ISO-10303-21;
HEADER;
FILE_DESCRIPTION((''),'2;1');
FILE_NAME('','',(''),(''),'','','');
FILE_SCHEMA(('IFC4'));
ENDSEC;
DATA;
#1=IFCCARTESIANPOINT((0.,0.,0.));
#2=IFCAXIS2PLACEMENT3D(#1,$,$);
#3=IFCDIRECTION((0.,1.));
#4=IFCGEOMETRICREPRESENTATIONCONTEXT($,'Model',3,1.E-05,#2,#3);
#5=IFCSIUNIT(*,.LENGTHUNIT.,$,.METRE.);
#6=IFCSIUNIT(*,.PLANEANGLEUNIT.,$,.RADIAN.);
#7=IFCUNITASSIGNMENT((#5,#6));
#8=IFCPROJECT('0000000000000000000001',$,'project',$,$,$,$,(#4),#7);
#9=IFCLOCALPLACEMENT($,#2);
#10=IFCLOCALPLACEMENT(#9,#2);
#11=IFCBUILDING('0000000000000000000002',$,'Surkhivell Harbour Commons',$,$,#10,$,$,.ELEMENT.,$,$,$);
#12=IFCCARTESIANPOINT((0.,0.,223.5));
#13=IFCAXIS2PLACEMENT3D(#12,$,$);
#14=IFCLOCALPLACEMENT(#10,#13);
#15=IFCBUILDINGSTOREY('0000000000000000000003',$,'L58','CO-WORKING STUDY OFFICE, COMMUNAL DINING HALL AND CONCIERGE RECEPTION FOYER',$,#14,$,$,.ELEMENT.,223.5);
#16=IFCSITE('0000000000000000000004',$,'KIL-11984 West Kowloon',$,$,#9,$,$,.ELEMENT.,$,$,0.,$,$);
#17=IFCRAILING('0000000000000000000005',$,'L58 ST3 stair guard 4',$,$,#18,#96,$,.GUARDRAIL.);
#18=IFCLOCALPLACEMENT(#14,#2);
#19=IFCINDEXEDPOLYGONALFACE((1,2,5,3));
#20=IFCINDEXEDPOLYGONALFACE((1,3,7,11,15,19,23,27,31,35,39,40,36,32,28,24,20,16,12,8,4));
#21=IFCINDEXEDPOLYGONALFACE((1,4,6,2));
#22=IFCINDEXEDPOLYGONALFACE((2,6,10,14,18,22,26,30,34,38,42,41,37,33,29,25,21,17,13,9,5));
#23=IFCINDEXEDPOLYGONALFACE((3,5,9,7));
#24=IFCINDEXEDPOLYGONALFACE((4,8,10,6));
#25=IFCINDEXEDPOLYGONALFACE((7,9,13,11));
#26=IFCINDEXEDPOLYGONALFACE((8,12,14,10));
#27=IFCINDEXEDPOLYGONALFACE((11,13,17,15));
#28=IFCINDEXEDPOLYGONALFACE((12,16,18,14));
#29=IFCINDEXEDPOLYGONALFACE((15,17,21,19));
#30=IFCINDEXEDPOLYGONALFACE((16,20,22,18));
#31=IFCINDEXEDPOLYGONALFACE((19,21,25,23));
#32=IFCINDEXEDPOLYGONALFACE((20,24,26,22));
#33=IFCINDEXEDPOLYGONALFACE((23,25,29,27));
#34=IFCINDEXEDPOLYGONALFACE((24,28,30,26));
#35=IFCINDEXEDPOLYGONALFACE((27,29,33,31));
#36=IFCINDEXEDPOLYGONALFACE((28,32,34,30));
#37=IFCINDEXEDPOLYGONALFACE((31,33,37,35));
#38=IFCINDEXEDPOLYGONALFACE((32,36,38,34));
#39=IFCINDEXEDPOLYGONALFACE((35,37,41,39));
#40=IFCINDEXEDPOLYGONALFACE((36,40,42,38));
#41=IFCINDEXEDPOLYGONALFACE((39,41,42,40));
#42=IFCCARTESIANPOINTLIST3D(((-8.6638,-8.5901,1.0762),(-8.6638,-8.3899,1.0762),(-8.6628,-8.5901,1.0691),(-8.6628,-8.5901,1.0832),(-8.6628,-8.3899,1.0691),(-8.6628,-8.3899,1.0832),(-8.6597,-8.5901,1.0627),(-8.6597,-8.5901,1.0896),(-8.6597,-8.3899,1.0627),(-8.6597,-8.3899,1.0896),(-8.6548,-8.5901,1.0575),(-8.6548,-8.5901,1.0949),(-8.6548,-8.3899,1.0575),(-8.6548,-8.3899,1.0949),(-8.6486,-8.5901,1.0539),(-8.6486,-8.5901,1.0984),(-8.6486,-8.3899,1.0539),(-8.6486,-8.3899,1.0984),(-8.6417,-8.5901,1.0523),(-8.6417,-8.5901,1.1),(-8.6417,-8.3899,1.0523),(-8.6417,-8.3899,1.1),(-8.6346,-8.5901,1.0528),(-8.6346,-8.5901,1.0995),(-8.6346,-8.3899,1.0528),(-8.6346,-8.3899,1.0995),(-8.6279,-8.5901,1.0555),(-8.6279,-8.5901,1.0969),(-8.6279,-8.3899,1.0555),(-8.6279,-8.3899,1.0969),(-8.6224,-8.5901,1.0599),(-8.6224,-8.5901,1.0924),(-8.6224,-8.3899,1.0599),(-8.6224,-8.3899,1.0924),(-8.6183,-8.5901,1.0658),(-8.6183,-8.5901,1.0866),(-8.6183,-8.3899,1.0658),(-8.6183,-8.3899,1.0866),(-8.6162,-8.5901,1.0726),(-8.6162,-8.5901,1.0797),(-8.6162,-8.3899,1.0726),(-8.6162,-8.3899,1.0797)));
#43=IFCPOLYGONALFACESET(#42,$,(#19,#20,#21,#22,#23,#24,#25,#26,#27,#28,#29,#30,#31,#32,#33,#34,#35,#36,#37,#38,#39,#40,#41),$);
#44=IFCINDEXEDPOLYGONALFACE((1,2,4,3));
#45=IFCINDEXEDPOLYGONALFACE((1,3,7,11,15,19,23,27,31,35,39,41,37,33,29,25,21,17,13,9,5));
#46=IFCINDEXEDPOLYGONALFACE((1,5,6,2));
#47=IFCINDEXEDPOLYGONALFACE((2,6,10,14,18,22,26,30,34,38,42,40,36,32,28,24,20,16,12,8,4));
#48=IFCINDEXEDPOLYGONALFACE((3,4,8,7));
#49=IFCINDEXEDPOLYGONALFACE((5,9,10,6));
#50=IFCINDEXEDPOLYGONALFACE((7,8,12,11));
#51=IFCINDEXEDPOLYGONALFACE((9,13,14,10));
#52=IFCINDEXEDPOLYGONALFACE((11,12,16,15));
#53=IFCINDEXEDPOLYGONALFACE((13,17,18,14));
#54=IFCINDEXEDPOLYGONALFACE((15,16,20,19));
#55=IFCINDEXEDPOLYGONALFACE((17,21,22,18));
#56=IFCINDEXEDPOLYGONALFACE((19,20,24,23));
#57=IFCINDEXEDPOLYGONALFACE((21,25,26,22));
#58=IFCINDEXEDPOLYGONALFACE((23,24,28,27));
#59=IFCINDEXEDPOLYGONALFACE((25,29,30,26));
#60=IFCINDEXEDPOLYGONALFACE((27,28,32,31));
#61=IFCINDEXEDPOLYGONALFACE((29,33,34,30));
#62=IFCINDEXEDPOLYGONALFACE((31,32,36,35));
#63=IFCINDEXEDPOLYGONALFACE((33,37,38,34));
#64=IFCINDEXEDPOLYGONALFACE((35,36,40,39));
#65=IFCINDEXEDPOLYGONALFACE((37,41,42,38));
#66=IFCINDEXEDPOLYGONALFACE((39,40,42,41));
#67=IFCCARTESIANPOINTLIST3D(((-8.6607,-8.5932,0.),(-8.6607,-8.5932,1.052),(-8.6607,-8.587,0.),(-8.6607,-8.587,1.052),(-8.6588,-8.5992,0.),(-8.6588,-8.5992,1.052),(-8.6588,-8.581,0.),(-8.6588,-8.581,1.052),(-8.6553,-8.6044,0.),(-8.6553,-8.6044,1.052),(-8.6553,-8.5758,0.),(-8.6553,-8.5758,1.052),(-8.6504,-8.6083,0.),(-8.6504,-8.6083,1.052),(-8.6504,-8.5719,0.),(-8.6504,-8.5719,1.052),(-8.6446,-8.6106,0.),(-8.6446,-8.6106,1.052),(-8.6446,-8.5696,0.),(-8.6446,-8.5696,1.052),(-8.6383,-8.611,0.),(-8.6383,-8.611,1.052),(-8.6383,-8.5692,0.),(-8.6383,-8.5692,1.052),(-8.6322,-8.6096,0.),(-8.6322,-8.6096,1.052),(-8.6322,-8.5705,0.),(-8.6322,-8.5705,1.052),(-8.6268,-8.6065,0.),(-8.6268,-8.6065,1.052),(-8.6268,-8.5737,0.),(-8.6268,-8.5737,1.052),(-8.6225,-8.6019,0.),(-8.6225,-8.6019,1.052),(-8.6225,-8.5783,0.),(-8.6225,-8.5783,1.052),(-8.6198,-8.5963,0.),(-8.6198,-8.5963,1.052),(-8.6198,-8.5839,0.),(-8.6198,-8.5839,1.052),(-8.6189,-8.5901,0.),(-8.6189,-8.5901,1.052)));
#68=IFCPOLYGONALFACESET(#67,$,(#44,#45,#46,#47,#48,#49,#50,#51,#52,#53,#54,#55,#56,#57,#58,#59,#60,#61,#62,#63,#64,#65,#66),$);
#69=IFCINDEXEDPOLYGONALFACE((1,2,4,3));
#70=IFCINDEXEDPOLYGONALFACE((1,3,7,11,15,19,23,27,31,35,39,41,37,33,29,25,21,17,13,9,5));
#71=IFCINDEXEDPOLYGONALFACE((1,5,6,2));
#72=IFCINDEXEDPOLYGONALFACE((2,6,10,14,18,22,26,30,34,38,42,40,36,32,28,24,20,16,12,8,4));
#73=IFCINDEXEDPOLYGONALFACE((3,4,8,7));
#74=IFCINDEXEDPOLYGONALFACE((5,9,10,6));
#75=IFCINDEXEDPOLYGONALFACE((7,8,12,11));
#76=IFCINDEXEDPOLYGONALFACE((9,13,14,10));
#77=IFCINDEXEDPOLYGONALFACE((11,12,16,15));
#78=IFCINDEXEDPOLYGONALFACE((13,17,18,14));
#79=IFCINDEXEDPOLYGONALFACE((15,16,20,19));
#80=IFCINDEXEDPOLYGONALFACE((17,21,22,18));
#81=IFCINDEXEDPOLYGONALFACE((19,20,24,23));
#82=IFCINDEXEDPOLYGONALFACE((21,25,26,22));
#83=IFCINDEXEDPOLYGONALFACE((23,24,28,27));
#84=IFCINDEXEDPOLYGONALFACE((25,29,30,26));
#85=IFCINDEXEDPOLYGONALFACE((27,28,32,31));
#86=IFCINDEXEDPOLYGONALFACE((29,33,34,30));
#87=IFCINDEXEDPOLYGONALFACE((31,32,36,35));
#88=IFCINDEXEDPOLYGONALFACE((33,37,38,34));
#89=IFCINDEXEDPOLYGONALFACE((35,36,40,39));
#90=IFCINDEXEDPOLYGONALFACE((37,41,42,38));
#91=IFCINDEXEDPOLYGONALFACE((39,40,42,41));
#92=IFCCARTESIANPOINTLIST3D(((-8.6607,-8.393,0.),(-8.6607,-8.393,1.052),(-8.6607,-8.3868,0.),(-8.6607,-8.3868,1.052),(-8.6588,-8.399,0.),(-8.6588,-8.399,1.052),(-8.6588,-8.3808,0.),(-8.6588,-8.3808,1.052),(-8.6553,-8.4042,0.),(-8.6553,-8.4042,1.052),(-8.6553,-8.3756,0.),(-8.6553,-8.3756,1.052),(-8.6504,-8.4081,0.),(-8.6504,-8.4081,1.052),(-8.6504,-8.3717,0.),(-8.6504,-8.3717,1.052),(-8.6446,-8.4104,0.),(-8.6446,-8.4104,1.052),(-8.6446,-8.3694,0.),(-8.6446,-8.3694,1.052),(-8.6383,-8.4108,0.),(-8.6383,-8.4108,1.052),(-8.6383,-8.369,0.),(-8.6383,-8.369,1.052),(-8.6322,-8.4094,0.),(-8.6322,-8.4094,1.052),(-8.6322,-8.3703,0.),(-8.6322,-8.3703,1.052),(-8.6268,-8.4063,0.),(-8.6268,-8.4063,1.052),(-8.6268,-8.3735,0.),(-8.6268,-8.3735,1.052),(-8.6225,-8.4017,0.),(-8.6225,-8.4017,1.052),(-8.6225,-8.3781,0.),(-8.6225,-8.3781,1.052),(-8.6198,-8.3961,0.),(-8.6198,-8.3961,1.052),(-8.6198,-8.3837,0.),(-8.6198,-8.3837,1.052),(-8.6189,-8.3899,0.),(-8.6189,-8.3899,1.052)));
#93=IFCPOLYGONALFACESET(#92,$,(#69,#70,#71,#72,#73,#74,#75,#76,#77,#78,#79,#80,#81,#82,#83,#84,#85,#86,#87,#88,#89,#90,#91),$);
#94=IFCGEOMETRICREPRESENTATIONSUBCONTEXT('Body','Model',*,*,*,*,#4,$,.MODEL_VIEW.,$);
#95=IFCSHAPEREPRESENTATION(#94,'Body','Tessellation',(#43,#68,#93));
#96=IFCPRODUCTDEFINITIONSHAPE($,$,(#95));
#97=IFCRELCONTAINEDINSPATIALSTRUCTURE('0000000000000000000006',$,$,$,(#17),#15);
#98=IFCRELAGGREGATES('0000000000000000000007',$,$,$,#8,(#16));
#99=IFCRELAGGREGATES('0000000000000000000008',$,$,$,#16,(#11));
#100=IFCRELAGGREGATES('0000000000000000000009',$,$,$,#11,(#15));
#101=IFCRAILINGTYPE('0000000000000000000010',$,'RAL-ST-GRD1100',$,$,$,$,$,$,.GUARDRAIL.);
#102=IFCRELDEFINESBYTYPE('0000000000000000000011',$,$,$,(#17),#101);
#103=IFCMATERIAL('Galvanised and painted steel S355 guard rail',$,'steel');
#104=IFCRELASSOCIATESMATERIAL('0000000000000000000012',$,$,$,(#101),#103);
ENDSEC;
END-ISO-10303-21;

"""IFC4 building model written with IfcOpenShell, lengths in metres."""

from ifc_helpers import new_model, si_unit, direction, frame, origin, origin_2d, place, context, subcontext, project, spatial, circle, extrude, material, type_object, element, save


model = new_model("IFC4")

# Units and contexts
model_context = context("Model", 3, precision=1e-05, world=origin(), true_north=direction((0.0, 1.0)))
body_context = subcontext(model_context, "Body", "Model", "MODEL_VIEW")
ifc_project = project(units=[si_unit("LENGTHUNIT", "METRE"), si_unit("PLANEANGLEUNIT", "RADIAN")], contexts=[model_context])

# Site, building, storey
site_placement = place(None, origin())
site = spatial("IfcSite", under=ifc_project, at=site_placement, Name="KIL-11984 West Kowloon", CompositionType="ELEMENT", RefElevation=0.0)
building_placement = place(site_placement, origin())
building = spatial("IfcBuilding", under=site, at=building_placement, Name="Surkhivell Harbour Commons", CompositionType="ELEMENT")
storey_placement = place(building_placement, frame((0.0, 0.0, 223.5)))
storey = spatial("IfcBuildingStorey", under=building, at=storey_placement, Name="L58", Description="CO-WORKING STUDY OFFICE, COMMUNAL DINING HALL AND CONCIERGE RECEPTION FOYER", CompositionType="ELEMENT", Elevation=223.5)

# Railing
ifc_material_1 = material(Name="Galvanised and painted steel S355 guard rail", Category="steel")
railing_type_1 = type_object("IfcRailingType", Name="RAL-ST-GRD1100", PredefinedType="GUARDRAIL", material=ifc_material_1)
railing_1_placement = place(storey_placement, frame((-8.6399, -8.5901, 0.0)))
element("IfcRailing", 1, at=railing_1_placement, inside=storey, type_object=railing_type_1, Name="L58 ST3 stair guard 4", PredefinedType="GUARDRAIL", context=body_context, shape_type="SweptSolid", body=[
    extrude(circle(Radius=0.0239, at=origin_2d()), frame((0.0, 0.0, 1.0762), z_axis=(0.0, 1.0, 0.0), x_axis=(-1.0, 0.0, 0.0)), (0.0, 0.0, 1.0), 0.2002),
    extrude(circle(Radius=0.021, at=origin_2d()), origin(), (0.0, 0.0, 1.0), 1.052),
    extrude(circle(Radius=0.021, at=origin_2d()), frame((0.0, 0.2002, 0.0)), (0.0, 0.0, 1.0), 1.052),
])

save(model, "model.ifc")
